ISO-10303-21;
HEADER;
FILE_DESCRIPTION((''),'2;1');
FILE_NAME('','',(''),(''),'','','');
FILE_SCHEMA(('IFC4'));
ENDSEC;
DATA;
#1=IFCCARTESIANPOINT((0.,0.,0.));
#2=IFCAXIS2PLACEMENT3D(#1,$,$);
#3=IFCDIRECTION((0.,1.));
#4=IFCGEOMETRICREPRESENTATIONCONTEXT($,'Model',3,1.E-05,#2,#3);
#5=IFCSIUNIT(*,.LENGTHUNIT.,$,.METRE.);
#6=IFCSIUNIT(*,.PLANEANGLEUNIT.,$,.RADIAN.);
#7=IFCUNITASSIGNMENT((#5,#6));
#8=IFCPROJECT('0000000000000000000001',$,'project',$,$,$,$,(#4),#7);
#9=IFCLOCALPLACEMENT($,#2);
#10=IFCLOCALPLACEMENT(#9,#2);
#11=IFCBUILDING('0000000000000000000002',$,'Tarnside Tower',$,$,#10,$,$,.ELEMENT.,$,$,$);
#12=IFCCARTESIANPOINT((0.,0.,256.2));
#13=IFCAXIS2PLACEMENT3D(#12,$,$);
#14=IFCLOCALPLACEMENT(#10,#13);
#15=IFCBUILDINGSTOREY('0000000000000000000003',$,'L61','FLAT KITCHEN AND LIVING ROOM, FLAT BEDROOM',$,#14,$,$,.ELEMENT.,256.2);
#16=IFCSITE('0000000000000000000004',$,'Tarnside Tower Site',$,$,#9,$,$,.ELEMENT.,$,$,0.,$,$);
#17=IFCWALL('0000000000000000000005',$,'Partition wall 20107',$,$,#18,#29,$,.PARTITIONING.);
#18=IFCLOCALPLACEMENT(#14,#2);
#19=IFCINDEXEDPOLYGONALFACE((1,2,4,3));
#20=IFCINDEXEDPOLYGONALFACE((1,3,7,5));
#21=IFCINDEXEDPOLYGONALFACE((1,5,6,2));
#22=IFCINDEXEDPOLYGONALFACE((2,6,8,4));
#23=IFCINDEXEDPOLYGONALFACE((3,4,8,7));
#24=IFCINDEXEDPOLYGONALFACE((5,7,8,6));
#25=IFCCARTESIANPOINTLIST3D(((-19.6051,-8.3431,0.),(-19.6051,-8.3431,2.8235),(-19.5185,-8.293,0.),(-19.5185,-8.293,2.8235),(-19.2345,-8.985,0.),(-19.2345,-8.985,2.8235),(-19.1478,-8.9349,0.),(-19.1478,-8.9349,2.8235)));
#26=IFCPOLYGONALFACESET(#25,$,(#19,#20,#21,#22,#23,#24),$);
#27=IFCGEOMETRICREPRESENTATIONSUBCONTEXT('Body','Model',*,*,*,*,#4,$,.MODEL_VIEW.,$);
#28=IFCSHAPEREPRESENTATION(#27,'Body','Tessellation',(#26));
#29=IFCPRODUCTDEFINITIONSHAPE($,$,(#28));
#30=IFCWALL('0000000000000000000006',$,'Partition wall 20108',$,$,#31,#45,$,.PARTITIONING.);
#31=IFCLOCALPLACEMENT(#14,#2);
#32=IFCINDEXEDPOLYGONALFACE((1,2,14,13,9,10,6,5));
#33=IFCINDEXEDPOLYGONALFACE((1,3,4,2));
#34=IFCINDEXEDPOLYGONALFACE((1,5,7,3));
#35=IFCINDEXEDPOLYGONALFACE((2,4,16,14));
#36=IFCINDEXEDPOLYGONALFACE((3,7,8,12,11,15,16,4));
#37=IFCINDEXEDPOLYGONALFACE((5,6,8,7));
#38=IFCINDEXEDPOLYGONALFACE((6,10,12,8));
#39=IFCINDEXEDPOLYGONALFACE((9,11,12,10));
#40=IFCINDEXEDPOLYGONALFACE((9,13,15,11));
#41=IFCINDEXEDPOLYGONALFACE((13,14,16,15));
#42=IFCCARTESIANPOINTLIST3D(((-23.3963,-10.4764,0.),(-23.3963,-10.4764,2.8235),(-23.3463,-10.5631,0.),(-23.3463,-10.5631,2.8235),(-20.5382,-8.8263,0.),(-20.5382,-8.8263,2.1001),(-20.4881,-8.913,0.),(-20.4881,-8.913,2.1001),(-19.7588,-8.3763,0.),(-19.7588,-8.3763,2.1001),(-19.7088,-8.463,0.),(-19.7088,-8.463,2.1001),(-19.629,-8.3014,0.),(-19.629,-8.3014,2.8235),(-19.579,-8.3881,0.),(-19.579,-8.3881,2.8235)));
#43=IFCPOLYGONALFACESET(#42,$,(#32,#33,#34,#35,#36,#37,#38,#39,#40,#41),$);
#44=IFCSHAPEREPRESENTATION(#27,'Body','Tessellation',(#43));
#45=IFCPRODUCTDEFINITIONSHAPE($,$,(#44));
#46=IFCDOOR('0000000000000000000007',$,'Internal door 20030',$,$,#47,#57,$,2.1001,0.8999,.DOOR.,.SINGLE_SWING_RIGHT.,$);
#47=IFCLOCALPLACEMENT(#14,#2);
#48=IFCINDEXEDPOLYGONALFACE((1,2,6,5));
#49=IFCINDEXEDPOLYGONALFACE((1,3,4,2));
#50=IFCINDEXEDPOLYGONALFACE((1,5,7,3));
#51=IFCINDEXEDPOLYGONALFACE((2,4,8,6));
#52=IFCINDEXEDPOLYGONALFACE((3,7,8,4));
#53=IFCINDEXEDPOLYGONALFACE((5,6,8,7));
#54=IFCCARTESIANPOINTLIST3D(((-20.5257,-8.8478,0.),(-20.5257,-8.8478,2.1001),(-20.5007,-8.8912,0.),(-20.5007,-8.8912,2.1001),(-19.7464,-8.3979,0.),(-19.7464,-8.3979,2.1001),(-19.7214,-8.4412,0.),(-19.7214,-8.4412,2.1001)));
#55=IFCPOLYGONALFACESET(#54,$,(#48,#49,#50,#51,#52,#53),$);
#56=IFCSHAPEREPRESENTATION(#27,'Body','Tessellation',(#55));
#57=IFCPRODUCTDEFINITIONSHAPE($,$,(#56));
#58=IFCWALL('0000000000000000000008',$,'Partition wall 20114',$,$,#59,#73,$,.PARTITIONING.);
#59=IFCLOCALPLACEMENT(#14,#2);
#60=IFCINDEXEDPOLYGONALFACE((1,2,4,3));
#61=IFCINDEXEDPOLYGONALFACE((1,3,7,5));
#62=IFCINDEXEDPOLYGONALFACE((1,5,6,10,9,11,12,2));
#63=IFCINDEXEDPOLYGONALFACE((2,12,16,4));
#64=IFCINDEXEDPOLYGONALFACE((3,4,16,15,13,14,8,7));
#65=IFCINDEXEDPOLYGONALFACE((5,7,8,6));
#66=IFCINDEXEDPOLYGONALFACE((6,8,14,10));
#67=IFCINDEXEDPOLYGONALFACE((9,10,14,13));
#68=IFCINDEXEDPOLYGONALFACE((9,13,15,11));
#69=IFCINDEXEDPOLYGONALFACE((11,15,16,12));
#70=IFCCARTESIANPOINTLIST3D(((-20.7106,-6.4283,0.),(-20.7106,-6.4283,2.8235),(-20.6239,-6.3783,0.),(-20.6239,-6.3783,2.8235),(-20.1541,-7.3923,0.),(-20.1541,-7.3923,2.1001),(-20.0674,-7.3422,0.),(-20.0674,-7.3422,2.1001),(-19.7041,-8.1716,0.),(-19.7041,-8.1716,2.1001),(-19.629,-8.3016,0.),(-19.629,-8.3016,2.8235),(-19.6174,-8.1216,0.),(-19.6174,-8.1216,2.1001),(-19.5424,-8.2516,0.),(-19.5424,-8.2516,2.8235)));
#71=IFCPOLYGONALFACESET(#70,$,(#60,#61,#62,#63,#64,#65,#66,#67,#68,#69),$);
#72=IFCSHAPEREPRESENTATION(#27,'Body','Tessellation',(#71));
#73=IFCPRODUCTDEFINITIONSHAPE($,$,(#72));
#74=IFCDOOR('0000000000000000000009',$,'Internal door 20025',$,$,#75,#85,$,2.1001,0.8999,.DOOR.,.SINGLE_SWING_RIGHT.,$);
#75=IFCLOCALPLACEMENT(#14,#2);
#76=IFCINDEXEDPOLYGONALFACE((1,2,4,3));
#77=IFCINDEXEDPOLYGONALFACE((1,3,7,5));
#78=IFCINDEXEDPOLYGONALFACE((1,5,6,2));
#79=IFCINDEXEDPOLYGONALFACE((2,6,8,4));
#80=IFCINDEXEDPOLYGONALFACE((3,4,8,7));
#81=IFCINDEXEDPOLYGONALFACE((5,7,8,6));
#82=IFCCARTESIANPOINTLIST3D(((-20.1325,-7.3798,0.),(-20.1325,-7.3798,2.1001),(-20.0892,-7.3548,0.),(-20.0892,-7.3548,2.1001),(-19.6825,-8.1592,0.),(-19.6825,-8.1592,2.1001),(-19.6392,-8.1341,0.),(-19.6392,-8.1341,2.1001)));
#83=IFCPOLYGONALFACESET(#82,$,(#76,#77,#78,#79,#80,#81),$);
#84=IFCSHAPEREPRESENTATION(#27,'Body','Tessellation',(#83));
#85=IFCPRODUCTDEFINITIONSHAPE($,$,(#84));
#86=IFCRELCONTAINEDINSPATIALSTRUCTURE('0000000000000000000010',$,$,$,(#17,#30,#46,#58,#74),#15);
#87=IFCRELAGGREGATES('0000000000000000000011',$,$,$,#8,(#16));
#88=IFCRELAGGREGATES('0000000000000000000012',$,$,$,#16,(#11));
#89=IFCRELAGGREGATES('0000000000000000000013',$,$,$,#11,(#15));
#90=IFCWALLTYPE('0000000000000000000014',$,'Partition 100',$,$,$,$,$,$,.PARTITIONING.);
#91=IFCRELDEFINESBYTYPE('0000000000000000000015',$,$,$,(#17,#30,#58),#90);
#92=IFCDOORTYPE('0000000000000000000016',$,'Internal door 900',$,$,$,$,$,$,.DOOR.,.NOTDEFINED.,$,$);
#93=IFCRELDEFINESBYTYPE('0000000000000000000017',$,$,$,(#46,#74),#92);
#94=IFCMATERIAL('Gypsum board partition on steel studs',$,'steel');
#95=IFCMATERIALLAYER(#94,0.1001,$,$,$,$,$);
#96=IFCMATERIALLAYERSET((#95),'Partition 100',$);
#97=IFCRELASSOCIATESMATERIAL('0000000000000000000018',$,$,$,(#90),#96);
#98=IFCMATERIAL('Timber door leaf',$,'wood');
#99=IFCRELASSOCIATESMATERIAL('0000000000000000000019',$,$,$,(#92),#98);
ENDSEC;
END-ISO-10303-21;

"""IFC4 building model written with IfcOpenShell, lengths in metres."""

from ifc_helpers import new_model, si_unit, direction, frame, frame_2d, origin, place, context, subcontext, project, spatial, rectangle, extrude, material, layer, layer_set, type_object, element, fill, save


model = new_model("IFC4")

# Units and contexts
model_context = context("Model", 3, precision=1e-05, world=origin(), true_north=direction((0.0, 1.0)))
body_context = subcontext(model_context, "Body", "Model", "MODEL_VIEW")
ifc_project = project(units=[si_unit("LENGTHUNIT", "METRE"), si_unit("PLANEANGLEUNIT", "RADIAN")], contexts=[model_context])

# Site, building, storey
site_placement = place(None, origin())
site = spatial("IfcSite", under=ifc_project, at=site_placement, Name="Tarnside Tower Site", CompositionType="ELEMENT", RefElevation=0.0)
building_placement = place(site_placement, origin())
building = spatial("IfcBuilding", under=site, at=building_placement, Name="Tarnside Tower", CompositionType="ELEMENT")
storey_placement = place(building_placement, frame((0.0, 0.0, 256.2)))
storey = spatial("IfcBuildingStorey", under=building, at=storey_placement, Name="L61", Description="FLAT KITCHEN AND LIVING ROOM, FLAT BEDROOM", CompositionType="ELEMENT", Elevation=256.2)

# Shared definitions
ifc_material_1 = material(Name="Gypsum board partition on steel studs", Category="steel")

# Shared definitions
ifc_material_2 = material(Name="Timber door leaf", Category="wood")

# Wall
ifc_layer_1 = layer(ifc_material_1, 0.1001)
ifc_layer_set_1 = layer_set([ifc_layer_1], Name="Partition 100")
wall_type_1 = type_object("IfcWallType", Name="Partition 100", PredefinedType="PARTITIONING", material=ifc_layer_set_1)
wall_1_placement = place(storey_placement, frame((-19.1912, -8.96, 0.0), z_axis=(0.0, 0.0, 1.0), x_axis=(-0.500036, 0.866005, 0.0)))
element("IfcWall", 1, at=wall_1_placement, inside=storey, type_object=wall_type_1, Name="Partition wall 20107", PredefinedType="PARTITIONING", context=body_context, shape_type="SweptSolid", body=[
    extrude(rectangle(XDim=0.7412, YDim=0.1001, at=frame_2d((0.3706, 0.0))), origin(), (0.0, 0.0, 1.0), 2.8235),
])

# Walls, openings, doors
wall_2_placement = place(storey_placement, frame((-19.604, -8.3447, 0.0), z_axis=(0.0, 0.0, 1.0), x_axis=(-0.866028, -0.499996, 0.0)))
wall_2 = element("IfcWall", 2, at=wall_2_placement, inside=storey, type_object=wall_type_1, Name="Partition wall 20108", PredefinedType="PARTITIONING", context=body_context, shape_type="SweptSolid", body=[
    extrude(rectangle(XDim=4.3501, YDim=0.1001, at=frame_2d((2.175, 0.0))), origin(), (0.0, 0.0, 1.0), 2.8235),
])
opening_1_placement = place(wall_2_placement, frame((0.1499, 0.0, 0.0)))
opening_1 = element("IfcOpeningElement", 3, at=opening_1_placement, cuts=wall_2, PredefinedType="OPENING", context=body_context, shape_type="SweptSolid", body=[
    extrude(rectangle(XDim=0.8999, YDim=2.1001, at=frame_2d((0.45, 1.05))), frame((0.0, 0.0601, 0.0), z_axis=(0.0, -1.0, 0.0), x_axis=(1.0, 0.0, 0.0)), (0.0, 0.0, 1.0), 0.1201),
])
door_type_1 = type_object("IfcDoorType", Name="Internal door 900", OperationType="NOTDEFINED", PredefinedType="DOOR", material=ifc_material_2)
door_1_placement = place(opening_1_placement, origin())
door_1 = element("IfcDoor", 4, at=door_1_placement, inside=storey, type_object=door_type_1, Name="Internal door 20030", OperationType="SINGLE_SWING_RIGHT", OverallHeight=2.1001, OverallWidth=0.8999, PredefinedType="DOOR", context=body_context, shape_type="SweptSolid", body=[
    extrude(rectangle(XDim=0.8999, YDim=2.1001, at=frame_2d((0.45, 1.05))), frame((0.0, 0.0249, 0.0), z_axis=(0.0, -1.0, 0.0), x_axis=(1.0, 0.0, 0.0)), (0.0, 0.0, 1.0), 0.05),
])
fill(opening_1, door_1)
wall_3_placement = place(storey_placement, frame((-20.6672, -6.4033, 0.0), z_axis=(0.0, 0.0, 1.0), x_axis=(0.499999, -0.866026, 0.0)))
wall_3 = element("IfcWall", 5, at=wall_3_placement, inside=storey, type_object=wall_type_1, Name="Partition wall 20114", PredefinedType="PARTITIONING", context=body_context, shape_type="SweptSolid", body=[
    extrude(rectangle(XDim=2.1631, YDim=0.1001, at=frame_2d((1.0815, 0.0))), origin(), (0.0, 0.0, 1.0), 2.8235),
])
opening_2_placement = place(wall_3_placement, frame((1.113, 0.0, 0.0)))
opening_2 = element("IfcOpeningElement", 6, at=opening_2_placement, cuts=wall_3, PredefinedType="OPENING", context=body_context, shape_type="SweptSolid", body=[
    extrude(rectangle(XDim=0.8999, YDim=2.1001, at=frame_2d((0.45, 1.05))), frame((0.0, 0.0601, 0.0), z_axis=(0.0, -1.0, 0.0), x_axis=(1.0, 0.0, 0.0)), (0.0, 0.0, 1.0), 0.1201),
])
door_2_placement = place(opening_2_placement, origin())
door_2 = element("IfcDoor", 7, at=door_2_placement, inside=storey, type_object=door_type_1, Name="Internal door 20025", OperationType="SINGLE_SWING_RIGHT", OverallHeight=2.1001, OverallWidth=0.8999, PredefinedType="DOOR", context=body_context, shape_type="SweptSolid", body=[
    extrude(rectangle(XDim=0.8999, YDim=2.1001, at=frame_2d((0.45, 1.05))), frame((0.0, 0.0249, 0.0), z_axis=(0.0, -1.0, 0.0), x_axis=(1.0, 0.0, 0.0)), (0.0, 0.0, 1.0), 0.05),
])
fill(opening_2, door_2)

save(model, "model.ifc")
